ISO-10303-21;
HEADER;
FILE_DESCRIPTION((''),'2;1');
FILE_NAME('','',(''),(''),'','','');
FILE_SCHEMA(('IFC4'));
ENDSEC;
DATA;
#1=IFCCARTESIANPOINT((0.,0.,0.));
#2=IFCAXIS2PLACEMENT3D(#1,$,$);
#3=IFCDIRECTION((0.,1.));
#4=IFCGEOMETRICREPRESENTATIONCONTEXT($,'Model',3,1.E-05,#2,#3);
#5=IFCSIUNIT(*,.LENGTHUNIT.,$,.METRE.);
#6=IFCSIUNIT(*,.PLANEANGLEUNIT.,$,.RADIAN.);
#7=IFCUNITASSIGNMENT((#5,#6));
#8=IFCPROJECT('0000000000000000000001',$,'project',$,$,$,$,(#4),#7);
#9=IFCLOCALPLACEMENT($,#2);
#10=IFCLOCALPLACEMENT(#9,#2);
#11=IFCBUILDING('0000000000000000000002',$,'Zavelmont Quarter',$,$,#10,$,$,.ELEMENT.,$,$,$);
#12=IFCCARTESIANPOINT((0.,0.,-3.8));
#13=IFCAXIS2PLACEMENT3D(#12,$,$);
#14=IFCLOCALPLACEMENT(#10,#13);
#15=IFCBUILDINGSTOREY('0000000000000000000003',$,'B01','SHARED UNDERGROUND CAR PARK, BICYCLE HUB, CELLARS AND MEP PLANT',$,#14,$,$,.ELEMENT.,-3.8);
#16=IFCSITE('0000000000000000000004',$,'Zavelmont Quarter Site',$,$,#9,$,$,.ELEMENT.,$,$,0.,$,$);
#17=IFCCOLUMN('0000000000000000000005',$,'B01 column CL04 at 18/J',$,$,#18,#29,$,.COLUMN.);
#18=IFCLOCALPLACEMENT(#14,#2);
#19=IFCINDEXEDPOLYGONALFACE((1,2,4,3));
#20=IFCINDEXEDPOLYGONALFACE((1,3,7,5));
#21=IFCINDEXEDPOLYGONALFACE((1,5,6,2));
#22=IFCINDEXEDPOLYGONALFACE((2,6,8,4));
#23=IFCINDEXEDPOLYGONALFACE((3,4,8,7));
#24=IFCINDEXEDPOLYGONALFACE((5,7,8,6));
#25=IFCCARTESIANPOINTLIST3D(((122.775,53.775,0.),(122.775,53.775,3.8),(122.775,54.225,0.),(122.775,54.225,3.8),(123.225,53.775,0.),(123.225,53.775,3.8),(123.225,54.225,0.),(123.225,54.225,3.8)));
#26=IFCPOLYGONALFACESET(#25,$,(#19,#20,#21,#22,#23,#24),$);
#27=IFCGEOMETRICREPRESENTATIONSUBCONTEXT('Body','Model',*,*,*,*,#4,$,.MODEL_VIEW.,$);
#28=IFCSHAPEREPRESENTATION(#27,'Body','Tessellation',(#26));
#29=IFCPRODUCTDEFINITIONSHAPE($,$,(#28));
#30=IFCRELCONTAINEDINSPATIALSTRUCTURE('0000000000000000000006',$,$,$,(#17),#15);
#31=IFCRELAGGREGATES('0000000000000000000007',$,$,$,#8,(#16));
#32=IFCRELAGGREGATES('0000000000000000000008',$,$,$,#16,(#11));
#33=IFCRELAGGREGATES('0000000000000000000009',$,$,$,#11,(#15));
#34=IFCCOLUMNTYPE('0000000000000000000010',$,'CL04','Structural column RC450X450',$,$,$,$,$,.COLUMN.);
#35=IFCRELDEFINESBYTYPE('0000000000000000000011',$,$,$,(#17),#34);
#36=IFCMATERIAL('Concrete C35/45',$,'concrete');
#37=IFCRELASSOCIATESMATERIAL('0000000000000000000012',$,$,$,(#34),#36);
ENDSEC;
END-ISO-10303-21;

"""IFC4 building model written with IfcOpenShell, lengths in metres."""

from ifc_helpers import new_model, si_unit, direction, frame, origin, origin_2d, place, context, subcontext, project, spatial, rectangle, extrude, material, material_profile, profile_set, type_object, element, save


model = new_model("IFC4")

# Units and contexts
model_context = context("Model", 3, precision=1e-05, world=origin(), true_north=direction((0.0, 1.0)))
body_context = subcontext(model_context, "Body", "Model", "MODEL_VIEW")
ifc_project = project(units=[si_unit("LENGTHUNIT", "METRE"), si_unit("PLANEANGLEUNIT", "RADIAN")], contexts=[model_context])

# Site, building, storey
site_placement = place(None, origin())
site = spatial("IfcSite", under=ifc_project, at=site_placement, Name="Zavelmont Quarter Site", CompositionType="ELEMENT", RefElevation=0.0)
building_placement = place(site_placement, origin())
building = spatial("IfcBuilding", under=site, at=building_placement, Name="Zavelmont Quarter", CompositionType="ELEMENT")
storey_placement = place(building_placement, frame((0.0, 0.0, -3.8)))
storey = spatial("IfcBuildingStorey", under=building, at=storey_placement, Name="B01", Description="SHARED UNDERGROUND CAR PARK, BICYCLE HUB, CELLARS AND MEP PLANT", CompositionType="ELEMENT", Elevation=-3.8)

# Shared definitions
ifc_material_1 = material(Name="Concrete C35/45", Category="concrete")

# Column
ifc_material_profile_1 = material_profile(ifc_material_1, rectangle(XDim=0.45, YDim=0.45, at=origin_2d()), Name="RC450X450")
ifc_profile_set_1 = profile_set([ifc_material_profile_1], Name="Concrete C35/45")
column_type_1 = type_object("IfcColumnType", Name="CL04", Description="Structural column RC450X450", PredefinedType="COLUMN", material=ifc_profile_set_1)
column_placement = place(storey_placement, frame((123.0, 54.0, 0.0), z_axis=(0.0, 0.0, 1.0), x_axis=(1.0, 0.0, 0.0)))
element("IfcColumn", 1, at=column_placement, inside=storey, type_object=column_type_1, Name="B01 column CL04 at 18/J", PredefinedType="COLUMN", context=body_context, shape_type="SweptSolid", body=[
    extrude(rectangle(XDim=0.45, YDim=0.45, at=origin_2d()), origin(), (0.0, 0.0, 1.0), 3.8),
])

save(model, "model.ifc")
